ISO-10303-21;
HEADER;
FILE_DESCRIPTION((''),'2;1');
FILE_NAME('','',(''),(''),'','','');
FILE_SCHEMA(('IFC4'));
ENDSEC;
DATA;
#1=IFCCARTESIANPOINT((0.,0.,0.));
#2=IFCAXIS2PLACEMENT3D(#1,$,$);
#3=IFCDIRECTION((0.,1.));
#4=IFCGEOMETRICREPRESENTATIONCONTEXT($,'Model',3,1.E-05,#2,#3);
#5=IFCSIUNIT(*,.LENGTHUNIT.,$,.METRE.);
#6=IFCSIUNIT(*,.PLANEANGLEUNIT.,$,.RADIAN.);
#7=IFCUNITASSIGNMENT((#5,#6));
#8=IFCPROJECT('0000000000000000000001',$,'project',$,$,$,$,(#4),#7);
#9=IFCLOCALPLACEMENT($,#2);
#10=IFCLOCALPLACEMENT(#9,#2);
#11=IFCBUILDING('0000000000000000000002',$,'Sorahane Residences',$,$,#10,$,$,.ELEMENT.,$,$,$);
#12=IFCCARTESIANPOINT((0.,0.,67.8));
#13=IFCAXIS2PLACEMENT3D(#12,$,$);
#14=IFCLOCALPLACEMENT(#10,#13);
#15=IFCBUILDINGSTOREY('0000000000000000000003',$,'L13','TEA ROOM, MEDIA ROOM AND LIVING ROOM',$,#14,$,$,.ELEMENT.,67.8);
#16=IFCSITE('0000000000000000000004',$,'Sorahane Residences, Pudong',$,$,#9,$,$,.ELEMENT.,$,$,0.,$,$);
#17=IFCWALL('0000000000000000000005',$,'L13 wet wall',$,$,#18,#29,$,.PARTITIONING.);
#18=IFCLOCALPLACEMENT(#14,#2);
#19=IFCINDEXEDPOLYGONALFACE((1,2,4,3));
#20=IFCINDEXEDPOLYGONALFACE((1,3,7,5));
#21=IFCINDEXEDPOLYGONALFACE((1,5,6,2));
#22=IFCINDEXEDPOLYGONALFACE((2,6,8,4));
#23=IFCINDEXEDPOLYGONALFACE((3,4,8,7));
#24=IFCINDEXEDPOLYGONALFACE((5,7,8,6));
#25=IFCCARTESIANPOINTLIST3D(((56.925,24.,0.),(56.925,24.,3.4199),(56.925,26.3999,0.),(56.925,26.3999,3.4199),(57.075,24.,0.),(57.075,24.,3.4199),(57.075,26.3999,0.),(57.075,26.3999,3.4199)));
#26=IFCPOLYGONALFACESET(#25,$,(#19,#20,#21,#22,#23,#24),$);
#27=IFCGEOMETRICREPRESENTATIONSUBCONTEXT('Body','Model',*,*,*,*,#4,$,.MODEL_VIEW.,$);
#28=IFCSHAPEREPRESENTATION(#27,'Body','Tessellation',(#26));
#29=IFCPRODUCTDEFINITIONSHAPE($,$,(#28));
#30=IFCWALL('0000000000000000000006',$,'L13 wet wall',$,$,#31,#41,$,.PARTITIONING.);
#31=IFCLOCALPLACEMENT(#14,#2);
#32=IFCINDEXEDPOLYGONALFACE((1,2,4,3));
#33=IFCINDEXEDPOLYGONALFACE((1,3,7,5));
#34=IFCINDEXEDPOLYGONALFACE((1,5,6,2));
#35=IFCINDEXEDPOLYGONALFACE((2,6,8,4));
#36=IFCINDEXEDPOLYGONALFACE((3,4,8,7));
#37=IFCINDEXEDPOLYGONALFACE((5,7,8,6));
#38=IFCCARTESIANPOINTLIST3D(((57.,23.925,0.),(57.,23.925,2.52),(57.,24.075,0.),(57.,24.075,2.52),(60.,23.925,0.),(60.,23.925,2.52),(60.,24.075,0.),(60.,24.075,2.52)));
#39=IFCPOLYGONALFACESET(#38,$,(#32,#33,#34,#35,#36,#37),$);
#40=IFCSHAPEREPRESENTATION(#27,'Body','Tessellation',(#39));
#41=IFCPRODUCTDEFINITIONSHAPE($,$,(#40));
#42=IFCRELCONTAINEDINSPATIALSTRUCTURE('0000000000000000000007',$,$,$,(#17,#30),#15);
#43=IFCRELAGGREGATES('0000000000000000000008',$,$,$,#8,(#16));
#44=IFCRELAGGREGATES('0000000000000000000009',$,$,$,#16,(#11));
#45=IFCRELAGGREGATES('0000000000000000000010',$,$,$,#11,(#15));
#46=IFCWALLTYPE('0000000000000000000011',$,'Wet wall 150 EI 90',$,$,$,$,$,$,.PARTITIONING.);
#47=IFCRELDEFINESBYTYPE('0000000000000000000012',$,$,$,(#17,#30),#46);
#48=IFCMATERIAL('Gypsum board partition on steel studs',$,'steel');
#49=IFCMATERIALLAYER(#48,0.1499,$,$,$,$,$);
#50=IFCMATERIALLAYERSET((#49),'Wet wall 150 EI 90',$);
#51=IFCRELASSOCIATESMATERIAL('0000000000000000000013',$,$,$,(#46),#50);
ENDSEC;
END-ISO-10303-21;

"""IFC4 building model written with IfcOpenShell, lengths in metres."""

from ifc_helpers import new_model, si_unit, direction, frame, frame_2d, origin, place, context, subcontext, project, spatial, rectangle, extrude, material, layer, layer_set, type_object, element, save


model = new_model("IFC4")

# Units and contexts
model_context = context("Model", 3, precision=1e-05, world=origin(), true_north=direction((0.0, 1.0)))
body_context = subcontext(model_context, "Body", "Model", "MODEL_VIEW")
ifc_project = project(units=[si_unit("LENGTHUNIT", "METRE"), si_unit("PLANEANGLEUNIT", "RADIAN")], contexts=[model_context])

# Site, building, storey
site_placement = place(None, origin())
site = spatial("IfcSite", under=ifc_project, at=site_placement, Name="Sorahane Residences, Pudong", CompositionType="ELEMENT", RefElevation=0.0)
building_placement = place(site_placement, origin())
building = spatial("IfcBuilding", under=site, at=building_placement, Name="Sorahane Residences", CompositionType="ELEMENT")
storey_placement = place(building_placement, frame((0.0, 0.0, 67.8)))
storey = spatial("IfcBuildingStorey", under=building, at=storey_placement, Name="L13", Description="TEA ROOM, MEDIA ROOM AND LIVING ROOM", CompositionType="ELEMENT", Elevation=67.8)

# Wall
ifc_material_1 = material(Name="Gypsum board partition on steel studs", Category="steel")
ifc_layer_1 = layer(ifc_material_1, 0.1499)
ifc_layer_set_1 = layer_set([ifc_layer_1], Name="Wet wall 150 EI 90")
wall_type_1 = type_object("IfcWallType", Name="Wet wall 150 EI 90", PredefinedType="PARTITIONING", material=ifc_layer_set_1)
wall_1_placement = place(storey_placement, frame((57.0, 24.0, 0.0), z_axis=(0.0, 0.0, 1.0), x_axis=(0.0, 1.0, 0.0)))
element("IfcWall", 1, at=wall_1_placement, inside=storey, type_object=wall_type_1, Name="L13 wet wall", PredefinedType="PARTITIONING", context=body_context, shape_type="SweptSolid", body=[
    extrude(rectangle(XDim=2.3999, YDim=0.1499, at=frame_2d((1.2, 0.0))), origin(), (0.0, 0.0, 1.0), 3.4199),
])

# Wall
wall_2_placement = place(storey_placement, frame((57.0, 24.0, 0.0), z_axis=(0.0, 0.0, 1.0), x_axis=(1.0, 0.0, 0.0)))
element("IfcWall", 2, at=wall_2_placement, inside=storey, type_object=wall_type_1, Name="L13 wet wall", PredefinedType="PARTITIONING", context=body_context, shape_type="SweptSolid", body=[
    extrude(rectangle(XDim=3.0, YDim=0.1499, at=frame_2d((1.5, 0.0))), origin(), (0.0, 0.0, 1.0), 2.52),
])

save(model, "model.ifc")
